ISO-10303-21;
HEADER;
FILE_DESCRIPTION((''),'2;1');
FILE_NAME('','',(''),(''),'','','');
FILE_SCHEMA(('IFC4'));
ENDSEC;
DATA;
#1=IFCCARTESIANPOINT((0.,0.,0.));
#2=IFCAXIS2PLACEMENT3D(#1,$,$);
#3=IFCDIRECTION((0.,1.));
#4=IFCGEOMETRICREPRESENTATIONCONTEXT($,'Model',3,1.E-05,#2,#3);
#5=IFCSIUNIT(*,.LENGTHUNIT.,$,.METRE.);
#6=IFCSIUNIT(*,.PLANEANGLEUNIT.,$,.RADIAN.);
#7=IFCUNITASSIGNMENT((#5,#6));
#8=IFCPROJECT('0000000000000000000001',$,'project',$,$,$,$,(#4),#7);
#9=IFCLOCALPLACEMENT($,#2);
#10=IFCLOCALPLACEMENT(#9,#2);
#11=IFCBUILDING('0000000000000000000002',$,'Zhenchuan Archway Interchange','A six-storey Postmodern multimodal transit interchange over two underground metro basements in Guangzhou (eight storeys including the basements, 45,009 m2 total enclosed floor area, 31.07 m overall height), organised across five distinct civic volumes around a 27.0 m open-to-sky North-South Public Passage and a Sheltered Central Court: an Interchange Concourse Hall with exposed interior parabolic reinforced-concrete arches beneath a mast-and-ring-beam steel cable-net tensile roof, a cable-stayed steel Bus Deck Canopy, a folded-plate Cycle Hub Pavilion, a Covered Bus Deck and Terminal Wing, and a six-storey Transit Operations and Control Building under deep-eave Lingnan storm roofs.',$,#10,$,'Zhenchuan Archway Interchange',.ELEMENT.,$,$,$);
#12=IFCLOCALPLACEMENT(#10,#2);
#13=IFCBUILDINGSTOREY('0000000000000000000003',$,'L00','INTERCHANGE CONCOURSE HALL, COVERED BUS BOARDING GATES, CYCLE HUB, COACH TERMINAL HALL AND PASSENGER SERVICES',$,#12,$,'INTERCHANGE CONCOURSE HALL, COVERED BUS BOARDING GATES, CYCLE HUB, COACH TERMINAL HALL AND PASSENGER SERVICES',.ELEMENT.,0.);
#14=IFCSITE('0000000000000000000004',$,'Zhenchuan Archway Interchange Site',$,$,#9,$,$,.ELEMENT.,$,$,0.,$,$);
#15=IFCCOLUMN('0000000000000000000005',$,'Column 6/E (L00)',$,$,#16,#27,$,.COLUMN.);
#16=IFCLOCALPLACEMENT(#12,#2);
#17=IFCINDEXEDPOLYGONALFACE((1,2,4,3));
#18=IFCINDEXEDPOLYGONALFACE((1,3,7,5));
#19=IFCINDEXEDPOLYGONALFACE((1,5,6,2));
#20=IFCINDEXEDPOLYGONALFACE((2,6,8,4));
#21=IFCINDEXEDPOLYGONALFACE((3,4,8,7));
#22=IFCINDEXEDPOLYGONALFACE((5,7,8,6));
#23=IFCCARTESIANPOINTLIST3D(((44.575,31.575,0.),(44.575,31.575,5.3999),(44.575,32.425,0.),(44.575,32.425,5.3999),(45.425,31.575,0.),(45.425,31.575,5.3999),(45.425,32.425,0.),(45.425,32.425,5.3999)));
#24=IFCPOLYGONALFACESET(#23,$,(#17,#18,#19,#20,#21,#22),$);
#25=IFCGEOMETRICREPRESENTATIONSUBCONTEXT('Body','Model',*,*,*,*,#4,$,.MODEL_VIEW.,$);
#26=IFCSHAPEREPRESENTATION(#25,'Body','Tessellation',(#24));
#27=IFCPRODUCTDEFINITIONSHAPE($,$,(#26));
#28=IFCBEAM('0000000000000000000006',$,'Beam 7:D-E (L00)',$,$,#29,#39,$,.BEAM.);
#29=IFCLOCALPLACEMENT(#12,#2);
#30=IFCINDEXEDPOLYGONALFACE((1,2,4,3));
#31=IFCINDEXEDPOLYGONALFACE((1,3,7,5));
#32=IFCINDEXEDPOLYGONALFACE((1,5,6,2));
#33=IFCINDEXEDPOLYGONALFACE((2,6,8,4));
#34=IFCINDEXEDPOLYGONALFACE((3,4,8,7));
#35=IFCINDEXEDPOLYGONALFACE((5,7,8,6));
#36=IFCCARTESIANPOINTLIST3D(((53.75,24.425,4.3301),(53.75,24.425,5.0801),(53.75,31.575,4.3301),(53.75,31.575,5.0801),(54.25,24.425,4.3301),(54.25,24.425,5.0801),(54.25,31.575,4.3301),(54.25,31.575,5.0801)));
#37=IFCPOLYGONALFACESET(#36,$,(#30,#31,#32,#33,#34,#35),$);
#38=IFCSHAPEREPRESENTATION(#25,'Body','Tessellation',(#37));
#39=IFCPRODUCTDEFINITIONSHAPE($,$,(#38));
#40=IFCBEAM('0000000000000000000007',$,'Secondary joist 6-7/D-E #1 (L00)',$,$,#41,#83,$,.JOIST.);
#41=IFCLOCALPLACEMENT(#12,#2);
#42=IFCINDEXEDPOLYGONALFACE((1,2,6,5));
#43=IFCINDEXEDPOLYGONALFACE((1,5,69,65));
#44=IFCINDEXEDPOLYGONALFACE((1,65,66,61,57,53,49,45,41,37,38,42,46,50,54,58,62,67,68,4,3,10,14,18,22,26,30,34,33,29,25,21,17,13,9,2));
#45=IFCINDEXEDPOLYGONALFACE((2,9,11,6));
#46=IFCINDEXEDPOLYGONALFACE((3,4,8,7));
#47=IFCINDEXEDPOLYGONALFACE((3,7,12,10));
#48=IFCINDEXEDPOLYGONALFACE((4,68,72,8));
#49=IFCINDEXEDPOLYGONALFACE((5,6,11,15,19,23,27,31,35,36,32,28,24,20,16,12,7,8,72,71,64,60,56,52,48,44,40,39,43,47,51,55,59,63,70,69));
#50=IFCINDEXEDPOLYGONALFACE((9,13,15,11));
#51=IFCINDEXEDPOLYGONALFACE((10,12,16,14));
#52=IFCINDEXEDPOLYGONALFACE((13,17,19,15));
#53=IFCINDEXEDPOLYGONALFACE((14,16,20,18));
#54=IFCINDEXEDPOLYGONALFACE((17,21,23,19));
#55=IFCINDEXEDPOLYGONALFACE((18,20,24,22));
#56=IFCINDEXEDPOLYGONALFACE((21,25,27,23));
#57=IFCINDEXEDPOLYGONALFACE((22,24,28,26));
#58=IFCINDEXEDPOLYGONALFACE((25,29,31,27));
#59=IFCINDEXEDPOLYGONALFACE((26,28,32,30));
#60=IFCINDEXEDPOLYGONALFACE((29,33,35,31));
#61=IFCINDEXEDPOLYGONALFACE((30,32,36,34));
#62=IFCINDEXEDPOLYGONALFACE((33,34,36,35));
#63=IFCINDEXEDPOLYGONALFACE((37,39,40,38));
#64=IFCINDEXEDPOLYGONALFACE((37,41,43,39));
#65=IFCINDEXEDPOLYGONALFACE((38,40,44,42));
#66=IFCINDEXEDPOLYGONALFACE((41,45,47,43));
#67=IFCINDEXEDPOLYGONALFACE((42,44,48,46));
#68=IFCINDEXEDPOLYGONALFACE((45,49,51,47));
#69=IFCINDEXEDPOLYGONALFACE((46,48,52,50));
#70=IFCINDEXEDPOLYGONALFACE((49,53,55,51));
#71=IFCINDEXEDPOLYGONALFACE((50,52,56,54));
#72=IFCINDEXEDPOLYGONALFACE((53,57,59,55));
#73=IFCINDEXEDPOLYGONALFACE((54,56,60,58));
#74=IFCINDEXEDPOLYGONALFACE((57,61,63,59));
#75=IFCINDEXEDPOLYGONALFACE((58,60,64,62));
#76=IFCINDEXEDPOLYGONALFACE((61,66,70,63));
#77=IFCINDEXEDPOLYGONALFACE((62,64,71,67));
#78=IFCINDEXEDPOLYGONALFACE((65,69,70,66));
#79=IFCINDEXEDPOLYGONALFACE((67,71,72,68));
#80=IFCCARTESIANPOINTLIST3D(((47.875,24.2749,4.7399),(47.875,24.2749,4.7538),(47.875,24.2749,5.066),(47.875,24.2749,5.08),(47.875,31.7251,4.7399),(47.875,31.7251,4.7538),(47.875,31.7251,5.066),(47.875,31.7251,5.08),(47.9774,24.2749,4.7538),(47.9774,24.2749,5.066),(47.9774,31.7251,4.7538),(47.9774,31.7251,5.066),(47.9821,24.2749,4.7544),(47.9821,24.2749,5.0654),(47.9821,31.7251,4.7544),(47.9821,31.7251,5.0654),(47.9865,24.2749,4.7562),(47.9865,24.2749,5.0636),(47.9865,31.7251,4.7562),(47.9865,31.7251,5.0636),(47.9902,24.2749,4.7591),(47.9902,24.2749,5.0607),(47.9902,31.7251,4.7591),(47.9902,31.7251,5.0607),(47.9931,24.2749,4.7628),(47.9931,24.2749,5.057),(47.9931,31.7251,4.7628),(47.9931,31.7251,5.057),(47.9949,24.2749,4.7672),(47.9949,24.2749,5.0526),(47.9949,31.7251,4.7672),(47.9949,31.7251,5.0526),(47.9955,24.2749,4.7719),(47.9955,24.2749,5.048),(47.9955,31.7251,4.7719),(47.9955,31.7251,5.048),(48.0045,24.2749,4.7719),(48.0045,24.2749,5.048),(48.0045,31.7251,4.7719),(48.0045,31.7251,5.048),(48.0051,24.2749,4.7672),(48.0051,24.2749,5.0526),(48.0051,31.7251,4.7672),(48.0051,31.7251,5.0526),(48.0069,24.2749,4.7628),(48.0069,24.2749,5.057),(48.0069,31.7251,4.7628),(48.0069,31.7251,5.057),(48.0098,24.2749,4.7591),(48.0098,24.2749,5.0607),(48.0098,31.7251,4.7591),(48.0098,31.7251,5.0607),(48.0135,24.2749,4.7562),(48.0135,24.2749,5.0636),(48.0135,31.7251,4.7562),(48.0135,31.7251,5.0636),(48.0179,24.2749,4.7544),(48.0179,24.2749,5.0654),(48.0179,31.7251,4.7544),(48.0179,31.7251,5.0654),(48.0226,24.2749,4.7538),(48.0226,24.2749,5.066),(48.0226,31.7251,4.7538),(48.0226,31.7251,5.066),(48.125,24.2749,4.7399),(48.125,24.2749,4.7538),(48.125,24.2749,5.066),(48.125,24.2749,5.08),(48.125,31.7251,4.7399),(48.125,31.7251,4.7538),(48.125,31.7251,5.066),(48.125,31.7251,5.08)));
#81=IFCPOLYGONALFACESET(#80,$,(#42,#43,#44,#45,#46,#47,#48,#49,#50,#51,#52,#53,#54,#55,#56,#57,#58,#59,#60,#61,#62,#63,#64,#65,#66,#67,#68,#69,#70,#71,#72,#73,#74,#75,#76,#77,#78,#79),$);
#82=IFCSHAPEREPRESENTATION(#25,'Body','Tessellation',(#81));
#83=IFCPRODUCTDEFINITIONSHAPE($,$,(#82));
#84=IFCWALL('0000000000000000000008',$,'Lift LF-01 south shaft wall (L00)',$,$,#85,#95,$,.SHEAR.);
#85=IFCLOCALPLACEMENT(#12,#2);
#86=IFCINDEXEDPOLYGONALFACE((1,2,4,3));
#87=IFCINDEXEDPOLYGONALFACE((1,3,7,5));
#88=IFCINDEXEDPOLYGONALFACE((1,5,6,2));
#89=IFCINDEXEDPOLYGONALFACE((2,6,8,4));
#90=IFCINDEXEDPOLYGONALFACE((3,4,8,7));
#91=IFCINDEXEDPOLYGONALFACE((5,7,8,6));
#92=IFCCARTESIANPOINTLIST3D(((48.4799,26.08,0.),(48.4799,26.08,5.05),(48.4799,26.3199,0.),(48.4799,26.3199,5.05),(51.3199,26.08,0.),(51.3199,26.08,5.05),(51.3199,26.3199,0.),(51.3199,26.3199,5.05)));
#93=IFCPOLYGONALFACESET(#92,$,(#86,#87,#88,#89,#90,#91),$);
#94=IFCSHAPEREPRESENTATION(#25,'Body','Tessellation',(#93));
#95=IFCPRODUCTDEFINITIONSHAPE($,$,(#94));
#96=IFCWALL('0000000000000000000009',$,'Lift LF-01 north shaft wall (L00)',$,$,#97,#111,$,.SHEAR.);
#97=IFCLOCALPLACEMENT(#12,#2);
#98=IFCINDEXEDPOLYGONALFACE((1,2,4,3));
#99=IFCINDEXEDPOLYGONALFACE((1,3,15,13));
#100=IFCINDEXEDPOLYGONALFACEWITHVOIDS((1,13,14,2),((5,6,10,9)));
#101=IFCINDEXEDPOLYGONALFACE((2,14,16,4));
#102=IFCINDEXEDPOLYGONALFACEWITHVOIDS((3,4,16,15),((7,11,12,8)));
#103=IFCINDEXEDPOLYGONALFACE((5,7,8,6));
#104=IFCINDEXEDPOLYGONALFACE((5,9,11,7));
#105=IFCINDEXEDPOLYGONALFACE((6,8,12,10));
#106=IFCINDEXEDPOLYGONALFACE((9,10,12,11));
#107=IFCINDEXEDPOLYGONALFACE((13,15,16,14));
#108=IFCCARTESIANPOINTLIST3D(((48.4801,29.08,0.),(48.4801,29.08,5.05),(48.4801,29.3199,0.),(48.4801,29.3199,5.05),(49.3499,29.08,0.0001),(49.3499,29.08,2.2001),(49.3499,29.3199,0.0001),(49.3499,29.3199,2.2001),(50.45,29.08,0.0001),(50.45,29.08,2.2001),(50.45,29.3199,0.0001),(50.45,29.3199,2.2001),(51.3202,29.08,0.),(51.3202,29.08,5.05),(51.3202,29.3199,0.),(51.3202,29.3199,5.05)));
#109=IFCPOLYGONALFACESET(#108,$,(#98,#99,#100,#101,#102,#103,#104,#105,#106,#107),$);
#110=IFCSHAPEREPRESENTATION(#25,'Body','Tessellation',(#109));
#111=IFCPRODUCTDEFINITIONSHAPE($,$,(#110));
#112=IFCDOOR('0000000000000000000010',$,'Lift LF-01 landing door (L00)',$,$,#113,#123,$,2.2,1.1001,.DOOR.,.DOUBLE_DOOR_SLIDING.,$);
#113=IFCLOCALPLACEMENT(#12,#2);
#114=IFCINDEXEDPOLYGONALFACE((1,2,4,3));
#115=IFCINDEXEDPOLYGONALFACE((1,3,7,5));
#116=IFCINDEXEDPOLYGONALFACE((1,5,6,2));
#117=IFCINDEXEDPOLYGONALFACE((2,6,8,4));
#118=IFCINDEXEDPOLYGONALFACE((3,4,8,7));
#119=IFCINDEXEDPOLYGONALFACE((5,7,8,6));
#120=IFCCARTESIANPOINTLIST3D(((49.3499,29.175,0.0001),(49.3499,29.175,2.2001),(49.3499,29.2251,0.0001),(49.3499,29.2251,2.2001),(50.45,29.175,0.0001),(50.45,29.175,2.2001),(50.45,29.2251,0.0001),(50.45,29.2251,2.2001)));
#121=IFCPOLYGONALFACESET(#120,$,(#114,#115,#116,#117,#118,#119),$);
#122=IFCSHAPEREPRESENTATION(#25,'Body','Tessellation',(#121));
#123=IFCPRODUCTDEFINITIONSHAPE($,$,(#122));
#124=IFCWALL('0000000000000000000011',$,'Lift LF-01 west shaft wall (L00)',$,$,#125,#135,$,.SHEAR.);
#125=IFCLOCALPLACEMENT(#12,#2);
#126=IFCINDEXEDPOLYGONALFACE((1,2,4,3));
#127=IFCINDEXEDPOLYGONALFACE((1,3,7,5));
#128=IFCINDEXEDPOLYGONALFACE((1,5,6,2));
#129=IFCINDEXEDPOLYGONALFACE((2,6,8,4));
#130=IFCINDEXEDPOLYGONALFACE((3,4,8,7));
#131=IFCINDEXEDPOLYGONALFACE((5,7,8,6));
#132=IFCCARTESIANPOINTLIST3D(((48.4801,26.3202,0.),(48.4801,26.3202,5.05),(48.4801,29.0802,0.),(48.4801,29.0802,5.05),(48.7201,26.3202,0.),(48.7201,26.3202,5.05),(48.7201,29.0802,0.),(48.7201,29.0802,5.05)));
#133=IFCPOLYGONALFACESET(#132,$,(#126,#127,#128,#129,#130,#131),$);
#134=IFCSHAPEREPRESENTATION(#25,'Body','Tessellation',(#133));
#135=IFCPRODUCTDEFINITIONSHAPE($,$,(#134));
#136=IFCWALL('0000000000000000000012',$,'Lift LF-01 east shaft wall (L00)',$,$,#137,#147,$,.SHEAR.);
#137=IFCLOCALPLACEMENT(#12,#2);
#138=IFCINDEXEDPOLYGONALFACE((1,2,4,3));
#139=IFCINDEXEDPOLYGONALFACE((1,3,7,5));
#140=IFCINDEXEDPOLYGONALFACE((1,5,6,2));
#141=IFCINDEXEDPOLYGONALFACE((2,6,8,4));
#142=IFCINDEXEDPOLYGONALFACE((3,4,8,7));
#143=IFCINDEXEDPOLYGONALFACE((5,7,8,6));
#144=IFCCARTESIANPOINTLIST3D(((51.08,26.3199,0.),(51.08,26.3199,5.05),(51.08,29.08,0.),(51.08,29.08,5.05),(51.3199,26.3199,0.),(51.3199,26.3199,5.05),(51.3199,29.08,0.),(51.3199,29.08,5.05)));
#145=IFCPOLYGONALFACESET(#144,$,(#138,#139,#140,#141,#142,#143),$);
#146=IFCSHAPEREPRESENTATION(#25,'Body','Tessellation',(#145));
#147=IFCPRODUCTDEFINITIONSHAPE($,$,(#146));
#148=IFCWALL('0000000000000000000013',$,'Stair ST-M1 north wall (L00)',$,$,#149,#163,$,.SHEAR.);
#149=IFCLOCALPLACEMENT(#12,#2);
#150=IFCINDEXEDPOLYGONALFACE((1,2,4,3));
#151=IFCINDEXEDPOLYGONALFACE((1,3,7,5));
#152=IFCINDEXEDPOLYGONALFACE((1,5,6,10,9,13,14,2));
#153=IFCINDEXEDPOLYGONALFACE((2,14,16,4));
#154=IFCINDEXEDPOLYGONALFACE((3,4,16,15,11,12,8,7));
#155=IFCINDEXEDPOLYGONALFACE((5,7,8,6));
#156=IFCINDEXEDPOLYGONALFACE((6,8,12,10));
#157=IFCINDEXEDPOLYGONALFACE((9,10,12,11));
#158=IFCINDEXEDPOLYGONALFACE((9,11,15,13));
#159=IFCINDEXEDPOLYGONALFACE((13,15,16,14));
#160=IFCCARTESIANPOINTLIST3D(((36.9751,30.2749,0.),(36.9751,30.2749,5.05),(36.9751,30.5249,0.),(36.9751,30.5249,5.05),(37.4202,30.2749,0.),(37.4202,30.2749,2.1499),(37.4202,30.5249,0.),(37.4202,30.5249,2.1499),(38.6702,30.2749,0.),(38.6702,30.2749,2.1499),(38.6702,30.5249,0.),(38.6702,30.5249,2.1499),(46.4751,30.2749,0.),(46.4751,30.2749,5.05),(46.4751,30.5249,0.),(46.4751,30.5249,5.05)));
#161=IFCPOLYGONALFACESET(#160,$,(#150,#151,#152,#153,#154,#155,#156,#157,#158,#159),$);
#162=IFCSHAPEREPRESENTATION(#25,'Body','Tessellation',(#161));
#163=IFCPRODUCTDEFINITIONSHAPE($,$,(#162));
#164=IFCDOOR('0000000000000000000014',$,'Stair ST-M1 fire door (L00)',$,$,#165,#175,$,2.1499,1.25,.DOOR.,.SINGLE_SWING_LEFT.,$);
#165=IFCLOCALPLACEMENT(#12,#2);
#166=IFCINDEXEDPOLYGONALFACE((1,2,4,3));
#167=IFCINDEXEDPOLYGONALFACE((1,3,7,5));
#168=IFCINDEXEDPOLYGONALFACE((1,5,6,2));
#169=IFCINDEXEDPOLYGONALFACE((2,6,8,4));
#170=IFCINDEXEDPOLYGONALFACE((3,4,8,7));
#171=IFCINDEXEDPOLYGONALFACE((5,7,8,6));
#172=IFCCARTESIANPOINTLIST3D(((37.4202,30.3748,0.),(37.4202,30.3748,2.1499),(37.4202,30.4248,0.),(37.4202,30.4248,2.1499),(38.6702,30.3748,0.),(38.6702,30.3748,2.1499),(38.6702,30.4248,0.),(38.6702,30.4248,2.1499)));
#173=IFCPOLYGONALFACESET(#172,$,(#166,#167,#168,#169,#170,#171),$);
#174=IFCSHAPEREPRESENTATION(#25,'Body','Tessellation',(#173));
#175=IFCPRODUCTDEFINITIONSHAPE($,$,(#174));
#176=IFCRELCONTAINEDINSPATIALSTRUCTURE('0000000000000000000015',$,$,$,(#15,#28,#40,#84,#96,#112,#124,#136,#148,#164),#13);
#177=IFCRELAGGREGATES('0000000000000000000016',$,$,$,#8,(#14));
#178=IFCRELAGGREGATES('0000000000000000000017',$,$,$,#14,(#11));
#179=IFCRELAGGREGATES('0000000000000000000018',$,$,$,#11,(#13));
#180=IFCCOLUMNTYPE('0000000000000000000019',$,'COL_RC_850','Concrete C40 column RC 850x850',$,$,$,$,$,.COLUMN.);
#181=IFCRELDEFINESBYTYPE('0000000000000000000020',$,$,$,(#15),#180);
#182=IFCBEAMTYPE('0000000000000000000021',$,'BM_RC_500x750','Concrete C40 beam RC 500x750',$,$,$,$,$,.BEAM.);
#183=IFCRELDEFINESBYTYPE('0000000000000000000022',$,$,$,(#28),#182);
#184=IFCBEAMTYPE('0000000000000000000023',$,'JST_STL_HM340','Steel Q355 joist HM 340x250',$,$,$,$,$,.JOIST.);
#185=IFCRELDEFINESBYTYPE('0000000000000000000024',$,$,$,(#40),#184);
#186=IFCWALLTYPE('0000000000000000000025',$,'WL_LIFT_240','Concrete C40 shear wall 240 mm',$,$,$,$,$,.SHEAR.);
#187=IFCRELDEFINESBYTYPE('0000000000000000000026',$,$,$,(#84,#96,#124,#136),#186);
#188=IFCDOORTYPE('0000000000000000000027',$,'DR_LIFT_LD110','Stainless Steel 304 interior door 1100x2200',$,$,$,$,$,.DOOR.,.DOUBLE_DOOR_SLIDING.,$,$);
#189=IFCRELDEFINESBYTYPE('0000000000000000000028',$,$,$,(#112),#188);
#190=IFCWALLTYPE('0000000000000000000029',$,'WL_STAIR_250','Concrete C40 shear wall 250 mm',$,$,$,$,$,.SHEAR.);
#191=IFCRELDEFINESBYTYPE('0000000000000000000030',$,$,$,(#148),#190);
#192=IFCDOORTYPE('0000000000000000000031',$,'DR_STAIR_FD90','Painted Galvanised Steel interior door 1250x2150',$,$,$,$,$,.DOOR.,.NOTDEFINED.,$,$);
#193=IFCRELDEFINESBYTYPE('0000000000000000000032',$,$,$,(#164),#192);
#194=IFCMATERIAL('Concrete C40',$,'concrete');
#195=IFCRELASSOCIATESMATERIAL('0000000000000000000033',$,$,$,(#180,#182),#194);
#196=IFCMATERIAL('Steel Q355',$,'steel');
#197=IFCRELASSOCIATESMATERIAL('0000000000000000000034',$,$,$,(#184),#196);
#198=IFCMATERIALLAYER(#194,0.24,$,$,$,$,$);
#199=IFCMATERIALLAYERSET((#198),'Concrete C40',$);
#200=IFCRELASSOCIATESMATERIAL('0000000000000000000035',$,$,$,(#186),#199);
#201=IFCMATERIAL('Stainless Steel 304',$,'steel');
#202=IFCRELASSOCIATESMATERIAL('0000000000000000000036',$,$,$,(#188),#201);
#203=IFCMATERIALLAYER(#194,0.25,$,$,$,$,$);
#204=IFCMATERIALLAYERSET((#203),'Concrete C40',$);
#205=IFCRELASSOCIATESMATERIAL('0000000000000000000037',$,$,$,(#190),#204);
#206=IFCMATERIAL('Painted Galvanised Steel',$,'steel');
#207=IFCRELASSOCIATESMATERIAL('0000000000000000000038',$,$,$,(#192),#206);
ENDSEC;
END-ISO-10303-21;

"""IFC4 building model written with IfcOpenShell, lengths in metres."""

from ifc_helpers import new_model, si_unit, direction, frame, frame_2d, origin, origin_2d, place, context, subcontext, project, spatial, rectangle, i_section, extrude, material, layer, layer_set, material_profile, profile_set, type_object, element, fill, save


model = new_model("IFC4")

# Units and contexts
model_context = context("Model", 3, precision=1e-05, world=origin(), true_north=direction((0.0, 1.0)))
body_context = subcontext(model_context, "Body", "Model", "MODEL_VIEW")
ifc_project = project(units=[si_unit("LENGTHUNIT", "METRE"), si_unit("PLANEANGLEUNIT", "RADIAN")], contexts=[model_context])

# Site, building, storey
site_placement = place(None, origin())
site = spatial("IfcSite", under=ifc_project, at=site_placement, Name="Zhenchuan Archway Interchange Site", CompositionType="ELEMENT", RefElevation=0.0)
building_placement = place(site_placement, origin())
building = spatial("IfcBuilding", under=site, at=building_placement, Name="Zhenchuan Archway Interchange", Description="A six-storey Postmodern multimodal transit interchange over two underground metro basements in Guangzhou (eight storeys including the basements, 45,009 m2 total enclosed floor area, 31.07 m overall height), organised across five distinct civic volumes around a 27.0 m open-to-sky North-South Public Passage and a Sheltered Central Court: an Interchange Concourse Hall with exposed interior parabolic reinforced-concrete arches beneath a mast-and-ring-beam steel cable-net tensile roof, a cable-stayed steel Bus Deck Canopy, a folded-plate Cycle Hub Pavilion, a Covered Bus Deck and Terminal Wing, and a six-storey Transit Operations and Control Building under deep-eave Lingnan storm roofs.", LongName="Zhenchuan Archway Interchange", CompositionType="ELEMENT")
storey_placement = place(building_placement, origin())
storey = spatial("IfcBuildingStorey", under=building, at=storey_placement, Name="L00", Description="INTERCHANGE CONCOURSE HALL, COVERED BUS BOARDING GATES, CYCLE HUB, COACH TERMINAL HALL AND PASSENGER SERVICES", LongName="INTERCHANGE CONCOURSE HALL, COVERED BUS BOARDING GATES, CYCLE HUB, COACH TERMINAL HALL AND PASSENGER SERVICES", CompositionType="ELEMENT", Elevation=0.0)

# Column
ifc_material_1 = material(Name="Concrete C40", Category="concrete")
ifc_material_profile_1 = material_profile(ifc_material_1, rectangle(XDim=0.8501, YDim=0.8501, at=origin_2d()), Name="RC 850x850")
ifc_profile_set_1 = profile_set([ifc_material_profile_1], Name="Concrete C40")
column_type = type_object("IfcColumnType", Name="COL_RC_850", Description="Concrete C40 column RC 850x850", PredefinedType="COLUMN", material=ifc_profile_set_1)
column_placement = place(storey_placement, frame((45.0, 32.0, 0.0), z_axis=(0.0, 0.0, 1.0), x_axis=(1.0, 0.0, 0.0)))
element("IfcColumn", 1, at=column_placement, inside=storey, type_object=column_type, Name="Column 6/E (L00)", PredefinedType="COLUMN", context=body_context, shape_type="SweptSolid", body=[
    extrude(rectangle(XDim=0.8501, YDim=0.8501, at=origin_2d()), origin(), (0.0, 0.0, 1.0), 5.3999),
])

# Beams
ifc_material_profile_2 = material_profile(ifc_material_1, rectangle(XDim=0.5, YDim=0.75, at=origin_2d()), Name="RC 500x750")
ifc_profile_set_2 = profile_set([ifc_material_profile_2], Name="Concrete C40")
beam_type_1 = type_object("IfcBeamType", Name="BM_RC_500x750", Description="Concrete C40 beam RC 500x750", PredefinedType="BEAM", material=ifc_profile_set_2)
beam_1_placement = place(storey_placement, frame((54.0, 24.425, 4.7051), z_axis=(0.0, 1.0, 0.0), x_axis=(-1.0, 0.0, 0.0)))
element("IfcBeam", 2, at=beam_1_placement, inside=storey, type_object=beam_type_1, Name="Beam 7:D-E (L00)", PredefinedType="BEAM", context=body_context, shape_type="SweptSolid", body=[
    extrude(rectangle(XDim=0.5, YDim=0.75, at=origin_2d()), origin(), (0.0, 0.0, 1.0), 7.1499),
])
ifc_material_2 = material(Name="Steel Q355", Category="steel")
ifc_material_profile_3 = material_profile(ifc_material_2, i_section(OverallWidth=0.25, OverallDepth=0.3401, WebThickness=0.009, FlangeThickness=0.0139, FilletRadius=0.0181, at=origin_2d()), Name="HM 340x250")
ifc_profile_set_3 = profile_set([ifc_material_profile_3], Name="Steel Q355")
beam_type_2 = type_object("IfcBeamType", Name="JST_STL_HM340", Description="Steel Q355 joist HM 340x250", PredefinedType="JOIST", material=ifc_profile_set_3)
beam_2_placement = place(storey_placement, frame((48.0, 24.2749, 4.9099), z_axis=(0.0, 1.0, 0.0), x_axis=(-1.0, 0.0, 0.0)))
element("IfcBeam", 3, at=beam_2_placement, inside=storey, type_object=beam_type_2, Name="Secondary joist 6-7/D-E #1 (L00)", PredefinedType="JOIST", context=body_context, shape_type="SweptSolid", body=[
    extrude(i_section(OverallWidth=0.25, OverallDepth=0.3401, WebThickness=0.009, FlangeThickness=0.0139, FilletRadius=0.0181, at=origin_2d()), origin(), (0.0, 0.0, 1.0), 7.4502),
])

# Wall
ifc_layer_1 = layer(ifc_material_1, 0.24)
ifc_layer_set_1 = layer_set([ifc_layer_1], Name="Concrete C40")
wall_type_1 = type_object("IfcWallType", Name="WL_LIFT_240", Description="Concrete C40 shear wall 240 mm", PredefinedType="SHEAR", material=ifc_layer_set_1)
wall_1_placement = place(storey_placement, frame((48.48, 26.2, 0.0), z_axis=(0.0, 0.0, 1.0), x_axis=(1.0, 0.0, 0.0)))
element("IfcWall", 4, at=wall_1_placement, inside=storey, type_object=wall_type_1, Name="Lift LF-01 south shaft wall (L00)", PredefinedType="SHEAR", context=body_context, shape_type="SweptSolid", body=[
    extrude(rectangle(XDim=2.8401, YDim=0.24, at=frame_2d((1.4199, 0.0))), origin(), (0.0, 0.0, 1.0), 5.05),
])

# Wall, opening, door
wall_2_placement = place(storey_placement, frame((51.3201, 29.2, 0.0), z_axis=(0.0, 0.0, 1.0), x_axis=(-1.0, 0.0, 0.0)))
wall_2 = element("IfcWall", 5, at=wall_2_placement, inside=storey, type_object=wall_type_1, Name="Lift LF-01 north shaft wall (L00)", PredefinedType="SHEAR", context=body_context, shape_type="SweptSolid", body=[
    extrude(rectangle(XDim=2.8401, YDim=0.24, at=frame_2d((1.4199, 0.0))), origin(), (0.0, 0.0, 1.0), 5.05),
])
opening_1_placement = place(wall_2_placement, frame((0.8701, 0.0, 0.0)))
opening_1 = element("IfcOpeningElement", 6, at=opening_1_placement, cuts=wall_2, PredefinedType="OPENING", context=body_context, shape_type="SweptSolid", body=[
    extrude(rectangle(XDim=1.1001, YDim=2.2, at=frame_2d((0.55, 1.1001))), frame((0.0, 0.1318, 0.0), z_axis=(0.0, -1.0, 0.0), x_axis=(1.0, 0.0, 0.0)), (0.0, 0.0, 1.0), 0.2639),
])
ifc_material_3 = material(Name="Stainless Steel 304", Category="steel")
door_type_1 = type_object("IfcDoorType", Name="DR_LIFT_LD110", Description="Stainless Steel 304 interior door 1100x2200", OperationType="DOUBLE_DOOR_SLIDING", PredefinedType="DOOR", material=ifc_material_3)
door_1_placement = place(opening_1_placement, origin())
door_1 = element("IfcDoor", 7, at=door_1_placement, inside=storey, type_object=door_type_1, Name="Lift LF-01 landing door (L00)", OperationType="DOUBLE_DOOR_SLIDING", OverallHeight=2.2, OverallWidth=1.1001, PredefinedType="DOOR", context=body_context, shape_type="SweptSolid", body=[
    extrude(rectangle(XDim=1.1001, YDim=2.2, at=frame_2d((0.55, 1.1001))), frame((0.0, 0.0249, 0.0), z_axis=(0.0, -1.0, 0.0), x_axis=(1.0, 0.0, 0.0)), (0.0, 0.0, 1.0), 0.05),
])
fill(opening_1, door_1)

# Walls
for number, where, z_axis, x_axis, name in (
    (8, (48.6001, 29.0801, 0.0), (0.0, 0.0, 1.0), (0.0, -1.0, 0.0), "Lift LF-01 west shaft wall (L00)"),
    (9, (51.2, 26.3201, 0.0), (0.0, 0.0, 1.0), (0.0, 1.0, 0.0), "Lift LF-01 east shaft wall (L00)"),
):
    element("IfcWall", number, at=place(storey_placement, frame(where, z_axis=z_axis, x_axis=x_axis)), inside=storey, type_object=wall_type_1, Name=name, PredefinedType="SHEAR", context=body_context, shape_type="SweptSolid", body=[
        extrude(rectangle(XDim=2.76, YDim=0.24, at=frame_2d((1.3799, 0.0))), origin(), (0.0, 0.0, 1.0), 5.05),
    ])

# Wall, opening, door
ifc_layer_2 = layer(ifc_material_1, 0.25)
ifc_layer_set_2 = layer_set([ifc_layer_2], Name="Concrete C40")
wall_type_2 = type_object("IfcWallType", Name="WL_STAIR_250", Description="Concrete C40 shear wall 250 mm", PredefinedType="SHEAR", material=ifc_layer_set_2)
wall_3_placement = place(storey_placement, frame((46.4751, 30.3999, 0.0), z_axis=(0.0, 0.0, 1.0), x_axis=(-1.0, 0.0, 0.0)))
wall_3 = element("IfcWall", 10, at=wall_3_placement, inside=storey, type_object=wall_type_2, Name="Stair ST-M1 north wall (L00)", PredefinedType="SHEAR", context=body_context, shape_type="SweptSolid", body=[
    extrude(rectangle(XDim=9.5, YDim=0.25, at=frame_2d((4.75, 0.0))), origin(), (0.0, 0.0, 1.0), 5.05),
])
opening_2_placement = place(wall_3_placement, frame((7.8049, 0.0, 0.0)))
opening_2 = element("IfcOpeningElement", 11, at=opening_2_placement, cuts=wall_3, PredefinedType="OPENING", context=body_context, shape_type="SweptSolid", body=[
    extrude(rectangle(XDim=1.25, YDim=2.1499, at=frame_2d((0.625, 1.075))), frame((0.0, 0.137, 0.0), z_axis=(0.0, -1.0, 0.0), x_axis=(1.0, 0.0, 0.0)), (0.0, 0.0, 1.0), 0.2739),
])
ifc_material_4 = material(Name="Painted Galvanised Steel", Category="steel")
door_type_2 = type_object("IfcDoorType", Name="DR_STAIR_FD90", Description="Painted Galvanised Steel interior door 1250x2150", OperationType="NOTDEFINED", PredefinedType="DOOR", material=ifc_material_4)
door_2_placement = place(opening_2_placement, frame((1.25, 0.0, 0.0), z_axis=(0.0, 0.0, 1.0), x_axis=(-1.0, 0.0, 0.0)))
door_2 = element("IfcDoor", 12, at=door_2_placement, inside=storey, type_object=door_type_2, Name="Stair ST-M1 fire door (L00)", OperationType="SINGLE_SWING_LEFT", OverallHeight=2.1499, OverallWidth=1.25, PredefinedType="DOOR", context=body_context, shape_type="SweptSolid", body=[
    extrude(rectangle(XDim=1.25, YDim=2.1499, at=frame_2d((0.625, 1.075))), frame((0.0, 0.0249, 0.0), z_axis=(0.0, -1.0, 0.0), x_axis=(1.0, 0.0, 0.0)), (0.0, 0.0, 1.0), 0.05),
])
fill(opening_2, door_2)

save(model, "model.ifc")
